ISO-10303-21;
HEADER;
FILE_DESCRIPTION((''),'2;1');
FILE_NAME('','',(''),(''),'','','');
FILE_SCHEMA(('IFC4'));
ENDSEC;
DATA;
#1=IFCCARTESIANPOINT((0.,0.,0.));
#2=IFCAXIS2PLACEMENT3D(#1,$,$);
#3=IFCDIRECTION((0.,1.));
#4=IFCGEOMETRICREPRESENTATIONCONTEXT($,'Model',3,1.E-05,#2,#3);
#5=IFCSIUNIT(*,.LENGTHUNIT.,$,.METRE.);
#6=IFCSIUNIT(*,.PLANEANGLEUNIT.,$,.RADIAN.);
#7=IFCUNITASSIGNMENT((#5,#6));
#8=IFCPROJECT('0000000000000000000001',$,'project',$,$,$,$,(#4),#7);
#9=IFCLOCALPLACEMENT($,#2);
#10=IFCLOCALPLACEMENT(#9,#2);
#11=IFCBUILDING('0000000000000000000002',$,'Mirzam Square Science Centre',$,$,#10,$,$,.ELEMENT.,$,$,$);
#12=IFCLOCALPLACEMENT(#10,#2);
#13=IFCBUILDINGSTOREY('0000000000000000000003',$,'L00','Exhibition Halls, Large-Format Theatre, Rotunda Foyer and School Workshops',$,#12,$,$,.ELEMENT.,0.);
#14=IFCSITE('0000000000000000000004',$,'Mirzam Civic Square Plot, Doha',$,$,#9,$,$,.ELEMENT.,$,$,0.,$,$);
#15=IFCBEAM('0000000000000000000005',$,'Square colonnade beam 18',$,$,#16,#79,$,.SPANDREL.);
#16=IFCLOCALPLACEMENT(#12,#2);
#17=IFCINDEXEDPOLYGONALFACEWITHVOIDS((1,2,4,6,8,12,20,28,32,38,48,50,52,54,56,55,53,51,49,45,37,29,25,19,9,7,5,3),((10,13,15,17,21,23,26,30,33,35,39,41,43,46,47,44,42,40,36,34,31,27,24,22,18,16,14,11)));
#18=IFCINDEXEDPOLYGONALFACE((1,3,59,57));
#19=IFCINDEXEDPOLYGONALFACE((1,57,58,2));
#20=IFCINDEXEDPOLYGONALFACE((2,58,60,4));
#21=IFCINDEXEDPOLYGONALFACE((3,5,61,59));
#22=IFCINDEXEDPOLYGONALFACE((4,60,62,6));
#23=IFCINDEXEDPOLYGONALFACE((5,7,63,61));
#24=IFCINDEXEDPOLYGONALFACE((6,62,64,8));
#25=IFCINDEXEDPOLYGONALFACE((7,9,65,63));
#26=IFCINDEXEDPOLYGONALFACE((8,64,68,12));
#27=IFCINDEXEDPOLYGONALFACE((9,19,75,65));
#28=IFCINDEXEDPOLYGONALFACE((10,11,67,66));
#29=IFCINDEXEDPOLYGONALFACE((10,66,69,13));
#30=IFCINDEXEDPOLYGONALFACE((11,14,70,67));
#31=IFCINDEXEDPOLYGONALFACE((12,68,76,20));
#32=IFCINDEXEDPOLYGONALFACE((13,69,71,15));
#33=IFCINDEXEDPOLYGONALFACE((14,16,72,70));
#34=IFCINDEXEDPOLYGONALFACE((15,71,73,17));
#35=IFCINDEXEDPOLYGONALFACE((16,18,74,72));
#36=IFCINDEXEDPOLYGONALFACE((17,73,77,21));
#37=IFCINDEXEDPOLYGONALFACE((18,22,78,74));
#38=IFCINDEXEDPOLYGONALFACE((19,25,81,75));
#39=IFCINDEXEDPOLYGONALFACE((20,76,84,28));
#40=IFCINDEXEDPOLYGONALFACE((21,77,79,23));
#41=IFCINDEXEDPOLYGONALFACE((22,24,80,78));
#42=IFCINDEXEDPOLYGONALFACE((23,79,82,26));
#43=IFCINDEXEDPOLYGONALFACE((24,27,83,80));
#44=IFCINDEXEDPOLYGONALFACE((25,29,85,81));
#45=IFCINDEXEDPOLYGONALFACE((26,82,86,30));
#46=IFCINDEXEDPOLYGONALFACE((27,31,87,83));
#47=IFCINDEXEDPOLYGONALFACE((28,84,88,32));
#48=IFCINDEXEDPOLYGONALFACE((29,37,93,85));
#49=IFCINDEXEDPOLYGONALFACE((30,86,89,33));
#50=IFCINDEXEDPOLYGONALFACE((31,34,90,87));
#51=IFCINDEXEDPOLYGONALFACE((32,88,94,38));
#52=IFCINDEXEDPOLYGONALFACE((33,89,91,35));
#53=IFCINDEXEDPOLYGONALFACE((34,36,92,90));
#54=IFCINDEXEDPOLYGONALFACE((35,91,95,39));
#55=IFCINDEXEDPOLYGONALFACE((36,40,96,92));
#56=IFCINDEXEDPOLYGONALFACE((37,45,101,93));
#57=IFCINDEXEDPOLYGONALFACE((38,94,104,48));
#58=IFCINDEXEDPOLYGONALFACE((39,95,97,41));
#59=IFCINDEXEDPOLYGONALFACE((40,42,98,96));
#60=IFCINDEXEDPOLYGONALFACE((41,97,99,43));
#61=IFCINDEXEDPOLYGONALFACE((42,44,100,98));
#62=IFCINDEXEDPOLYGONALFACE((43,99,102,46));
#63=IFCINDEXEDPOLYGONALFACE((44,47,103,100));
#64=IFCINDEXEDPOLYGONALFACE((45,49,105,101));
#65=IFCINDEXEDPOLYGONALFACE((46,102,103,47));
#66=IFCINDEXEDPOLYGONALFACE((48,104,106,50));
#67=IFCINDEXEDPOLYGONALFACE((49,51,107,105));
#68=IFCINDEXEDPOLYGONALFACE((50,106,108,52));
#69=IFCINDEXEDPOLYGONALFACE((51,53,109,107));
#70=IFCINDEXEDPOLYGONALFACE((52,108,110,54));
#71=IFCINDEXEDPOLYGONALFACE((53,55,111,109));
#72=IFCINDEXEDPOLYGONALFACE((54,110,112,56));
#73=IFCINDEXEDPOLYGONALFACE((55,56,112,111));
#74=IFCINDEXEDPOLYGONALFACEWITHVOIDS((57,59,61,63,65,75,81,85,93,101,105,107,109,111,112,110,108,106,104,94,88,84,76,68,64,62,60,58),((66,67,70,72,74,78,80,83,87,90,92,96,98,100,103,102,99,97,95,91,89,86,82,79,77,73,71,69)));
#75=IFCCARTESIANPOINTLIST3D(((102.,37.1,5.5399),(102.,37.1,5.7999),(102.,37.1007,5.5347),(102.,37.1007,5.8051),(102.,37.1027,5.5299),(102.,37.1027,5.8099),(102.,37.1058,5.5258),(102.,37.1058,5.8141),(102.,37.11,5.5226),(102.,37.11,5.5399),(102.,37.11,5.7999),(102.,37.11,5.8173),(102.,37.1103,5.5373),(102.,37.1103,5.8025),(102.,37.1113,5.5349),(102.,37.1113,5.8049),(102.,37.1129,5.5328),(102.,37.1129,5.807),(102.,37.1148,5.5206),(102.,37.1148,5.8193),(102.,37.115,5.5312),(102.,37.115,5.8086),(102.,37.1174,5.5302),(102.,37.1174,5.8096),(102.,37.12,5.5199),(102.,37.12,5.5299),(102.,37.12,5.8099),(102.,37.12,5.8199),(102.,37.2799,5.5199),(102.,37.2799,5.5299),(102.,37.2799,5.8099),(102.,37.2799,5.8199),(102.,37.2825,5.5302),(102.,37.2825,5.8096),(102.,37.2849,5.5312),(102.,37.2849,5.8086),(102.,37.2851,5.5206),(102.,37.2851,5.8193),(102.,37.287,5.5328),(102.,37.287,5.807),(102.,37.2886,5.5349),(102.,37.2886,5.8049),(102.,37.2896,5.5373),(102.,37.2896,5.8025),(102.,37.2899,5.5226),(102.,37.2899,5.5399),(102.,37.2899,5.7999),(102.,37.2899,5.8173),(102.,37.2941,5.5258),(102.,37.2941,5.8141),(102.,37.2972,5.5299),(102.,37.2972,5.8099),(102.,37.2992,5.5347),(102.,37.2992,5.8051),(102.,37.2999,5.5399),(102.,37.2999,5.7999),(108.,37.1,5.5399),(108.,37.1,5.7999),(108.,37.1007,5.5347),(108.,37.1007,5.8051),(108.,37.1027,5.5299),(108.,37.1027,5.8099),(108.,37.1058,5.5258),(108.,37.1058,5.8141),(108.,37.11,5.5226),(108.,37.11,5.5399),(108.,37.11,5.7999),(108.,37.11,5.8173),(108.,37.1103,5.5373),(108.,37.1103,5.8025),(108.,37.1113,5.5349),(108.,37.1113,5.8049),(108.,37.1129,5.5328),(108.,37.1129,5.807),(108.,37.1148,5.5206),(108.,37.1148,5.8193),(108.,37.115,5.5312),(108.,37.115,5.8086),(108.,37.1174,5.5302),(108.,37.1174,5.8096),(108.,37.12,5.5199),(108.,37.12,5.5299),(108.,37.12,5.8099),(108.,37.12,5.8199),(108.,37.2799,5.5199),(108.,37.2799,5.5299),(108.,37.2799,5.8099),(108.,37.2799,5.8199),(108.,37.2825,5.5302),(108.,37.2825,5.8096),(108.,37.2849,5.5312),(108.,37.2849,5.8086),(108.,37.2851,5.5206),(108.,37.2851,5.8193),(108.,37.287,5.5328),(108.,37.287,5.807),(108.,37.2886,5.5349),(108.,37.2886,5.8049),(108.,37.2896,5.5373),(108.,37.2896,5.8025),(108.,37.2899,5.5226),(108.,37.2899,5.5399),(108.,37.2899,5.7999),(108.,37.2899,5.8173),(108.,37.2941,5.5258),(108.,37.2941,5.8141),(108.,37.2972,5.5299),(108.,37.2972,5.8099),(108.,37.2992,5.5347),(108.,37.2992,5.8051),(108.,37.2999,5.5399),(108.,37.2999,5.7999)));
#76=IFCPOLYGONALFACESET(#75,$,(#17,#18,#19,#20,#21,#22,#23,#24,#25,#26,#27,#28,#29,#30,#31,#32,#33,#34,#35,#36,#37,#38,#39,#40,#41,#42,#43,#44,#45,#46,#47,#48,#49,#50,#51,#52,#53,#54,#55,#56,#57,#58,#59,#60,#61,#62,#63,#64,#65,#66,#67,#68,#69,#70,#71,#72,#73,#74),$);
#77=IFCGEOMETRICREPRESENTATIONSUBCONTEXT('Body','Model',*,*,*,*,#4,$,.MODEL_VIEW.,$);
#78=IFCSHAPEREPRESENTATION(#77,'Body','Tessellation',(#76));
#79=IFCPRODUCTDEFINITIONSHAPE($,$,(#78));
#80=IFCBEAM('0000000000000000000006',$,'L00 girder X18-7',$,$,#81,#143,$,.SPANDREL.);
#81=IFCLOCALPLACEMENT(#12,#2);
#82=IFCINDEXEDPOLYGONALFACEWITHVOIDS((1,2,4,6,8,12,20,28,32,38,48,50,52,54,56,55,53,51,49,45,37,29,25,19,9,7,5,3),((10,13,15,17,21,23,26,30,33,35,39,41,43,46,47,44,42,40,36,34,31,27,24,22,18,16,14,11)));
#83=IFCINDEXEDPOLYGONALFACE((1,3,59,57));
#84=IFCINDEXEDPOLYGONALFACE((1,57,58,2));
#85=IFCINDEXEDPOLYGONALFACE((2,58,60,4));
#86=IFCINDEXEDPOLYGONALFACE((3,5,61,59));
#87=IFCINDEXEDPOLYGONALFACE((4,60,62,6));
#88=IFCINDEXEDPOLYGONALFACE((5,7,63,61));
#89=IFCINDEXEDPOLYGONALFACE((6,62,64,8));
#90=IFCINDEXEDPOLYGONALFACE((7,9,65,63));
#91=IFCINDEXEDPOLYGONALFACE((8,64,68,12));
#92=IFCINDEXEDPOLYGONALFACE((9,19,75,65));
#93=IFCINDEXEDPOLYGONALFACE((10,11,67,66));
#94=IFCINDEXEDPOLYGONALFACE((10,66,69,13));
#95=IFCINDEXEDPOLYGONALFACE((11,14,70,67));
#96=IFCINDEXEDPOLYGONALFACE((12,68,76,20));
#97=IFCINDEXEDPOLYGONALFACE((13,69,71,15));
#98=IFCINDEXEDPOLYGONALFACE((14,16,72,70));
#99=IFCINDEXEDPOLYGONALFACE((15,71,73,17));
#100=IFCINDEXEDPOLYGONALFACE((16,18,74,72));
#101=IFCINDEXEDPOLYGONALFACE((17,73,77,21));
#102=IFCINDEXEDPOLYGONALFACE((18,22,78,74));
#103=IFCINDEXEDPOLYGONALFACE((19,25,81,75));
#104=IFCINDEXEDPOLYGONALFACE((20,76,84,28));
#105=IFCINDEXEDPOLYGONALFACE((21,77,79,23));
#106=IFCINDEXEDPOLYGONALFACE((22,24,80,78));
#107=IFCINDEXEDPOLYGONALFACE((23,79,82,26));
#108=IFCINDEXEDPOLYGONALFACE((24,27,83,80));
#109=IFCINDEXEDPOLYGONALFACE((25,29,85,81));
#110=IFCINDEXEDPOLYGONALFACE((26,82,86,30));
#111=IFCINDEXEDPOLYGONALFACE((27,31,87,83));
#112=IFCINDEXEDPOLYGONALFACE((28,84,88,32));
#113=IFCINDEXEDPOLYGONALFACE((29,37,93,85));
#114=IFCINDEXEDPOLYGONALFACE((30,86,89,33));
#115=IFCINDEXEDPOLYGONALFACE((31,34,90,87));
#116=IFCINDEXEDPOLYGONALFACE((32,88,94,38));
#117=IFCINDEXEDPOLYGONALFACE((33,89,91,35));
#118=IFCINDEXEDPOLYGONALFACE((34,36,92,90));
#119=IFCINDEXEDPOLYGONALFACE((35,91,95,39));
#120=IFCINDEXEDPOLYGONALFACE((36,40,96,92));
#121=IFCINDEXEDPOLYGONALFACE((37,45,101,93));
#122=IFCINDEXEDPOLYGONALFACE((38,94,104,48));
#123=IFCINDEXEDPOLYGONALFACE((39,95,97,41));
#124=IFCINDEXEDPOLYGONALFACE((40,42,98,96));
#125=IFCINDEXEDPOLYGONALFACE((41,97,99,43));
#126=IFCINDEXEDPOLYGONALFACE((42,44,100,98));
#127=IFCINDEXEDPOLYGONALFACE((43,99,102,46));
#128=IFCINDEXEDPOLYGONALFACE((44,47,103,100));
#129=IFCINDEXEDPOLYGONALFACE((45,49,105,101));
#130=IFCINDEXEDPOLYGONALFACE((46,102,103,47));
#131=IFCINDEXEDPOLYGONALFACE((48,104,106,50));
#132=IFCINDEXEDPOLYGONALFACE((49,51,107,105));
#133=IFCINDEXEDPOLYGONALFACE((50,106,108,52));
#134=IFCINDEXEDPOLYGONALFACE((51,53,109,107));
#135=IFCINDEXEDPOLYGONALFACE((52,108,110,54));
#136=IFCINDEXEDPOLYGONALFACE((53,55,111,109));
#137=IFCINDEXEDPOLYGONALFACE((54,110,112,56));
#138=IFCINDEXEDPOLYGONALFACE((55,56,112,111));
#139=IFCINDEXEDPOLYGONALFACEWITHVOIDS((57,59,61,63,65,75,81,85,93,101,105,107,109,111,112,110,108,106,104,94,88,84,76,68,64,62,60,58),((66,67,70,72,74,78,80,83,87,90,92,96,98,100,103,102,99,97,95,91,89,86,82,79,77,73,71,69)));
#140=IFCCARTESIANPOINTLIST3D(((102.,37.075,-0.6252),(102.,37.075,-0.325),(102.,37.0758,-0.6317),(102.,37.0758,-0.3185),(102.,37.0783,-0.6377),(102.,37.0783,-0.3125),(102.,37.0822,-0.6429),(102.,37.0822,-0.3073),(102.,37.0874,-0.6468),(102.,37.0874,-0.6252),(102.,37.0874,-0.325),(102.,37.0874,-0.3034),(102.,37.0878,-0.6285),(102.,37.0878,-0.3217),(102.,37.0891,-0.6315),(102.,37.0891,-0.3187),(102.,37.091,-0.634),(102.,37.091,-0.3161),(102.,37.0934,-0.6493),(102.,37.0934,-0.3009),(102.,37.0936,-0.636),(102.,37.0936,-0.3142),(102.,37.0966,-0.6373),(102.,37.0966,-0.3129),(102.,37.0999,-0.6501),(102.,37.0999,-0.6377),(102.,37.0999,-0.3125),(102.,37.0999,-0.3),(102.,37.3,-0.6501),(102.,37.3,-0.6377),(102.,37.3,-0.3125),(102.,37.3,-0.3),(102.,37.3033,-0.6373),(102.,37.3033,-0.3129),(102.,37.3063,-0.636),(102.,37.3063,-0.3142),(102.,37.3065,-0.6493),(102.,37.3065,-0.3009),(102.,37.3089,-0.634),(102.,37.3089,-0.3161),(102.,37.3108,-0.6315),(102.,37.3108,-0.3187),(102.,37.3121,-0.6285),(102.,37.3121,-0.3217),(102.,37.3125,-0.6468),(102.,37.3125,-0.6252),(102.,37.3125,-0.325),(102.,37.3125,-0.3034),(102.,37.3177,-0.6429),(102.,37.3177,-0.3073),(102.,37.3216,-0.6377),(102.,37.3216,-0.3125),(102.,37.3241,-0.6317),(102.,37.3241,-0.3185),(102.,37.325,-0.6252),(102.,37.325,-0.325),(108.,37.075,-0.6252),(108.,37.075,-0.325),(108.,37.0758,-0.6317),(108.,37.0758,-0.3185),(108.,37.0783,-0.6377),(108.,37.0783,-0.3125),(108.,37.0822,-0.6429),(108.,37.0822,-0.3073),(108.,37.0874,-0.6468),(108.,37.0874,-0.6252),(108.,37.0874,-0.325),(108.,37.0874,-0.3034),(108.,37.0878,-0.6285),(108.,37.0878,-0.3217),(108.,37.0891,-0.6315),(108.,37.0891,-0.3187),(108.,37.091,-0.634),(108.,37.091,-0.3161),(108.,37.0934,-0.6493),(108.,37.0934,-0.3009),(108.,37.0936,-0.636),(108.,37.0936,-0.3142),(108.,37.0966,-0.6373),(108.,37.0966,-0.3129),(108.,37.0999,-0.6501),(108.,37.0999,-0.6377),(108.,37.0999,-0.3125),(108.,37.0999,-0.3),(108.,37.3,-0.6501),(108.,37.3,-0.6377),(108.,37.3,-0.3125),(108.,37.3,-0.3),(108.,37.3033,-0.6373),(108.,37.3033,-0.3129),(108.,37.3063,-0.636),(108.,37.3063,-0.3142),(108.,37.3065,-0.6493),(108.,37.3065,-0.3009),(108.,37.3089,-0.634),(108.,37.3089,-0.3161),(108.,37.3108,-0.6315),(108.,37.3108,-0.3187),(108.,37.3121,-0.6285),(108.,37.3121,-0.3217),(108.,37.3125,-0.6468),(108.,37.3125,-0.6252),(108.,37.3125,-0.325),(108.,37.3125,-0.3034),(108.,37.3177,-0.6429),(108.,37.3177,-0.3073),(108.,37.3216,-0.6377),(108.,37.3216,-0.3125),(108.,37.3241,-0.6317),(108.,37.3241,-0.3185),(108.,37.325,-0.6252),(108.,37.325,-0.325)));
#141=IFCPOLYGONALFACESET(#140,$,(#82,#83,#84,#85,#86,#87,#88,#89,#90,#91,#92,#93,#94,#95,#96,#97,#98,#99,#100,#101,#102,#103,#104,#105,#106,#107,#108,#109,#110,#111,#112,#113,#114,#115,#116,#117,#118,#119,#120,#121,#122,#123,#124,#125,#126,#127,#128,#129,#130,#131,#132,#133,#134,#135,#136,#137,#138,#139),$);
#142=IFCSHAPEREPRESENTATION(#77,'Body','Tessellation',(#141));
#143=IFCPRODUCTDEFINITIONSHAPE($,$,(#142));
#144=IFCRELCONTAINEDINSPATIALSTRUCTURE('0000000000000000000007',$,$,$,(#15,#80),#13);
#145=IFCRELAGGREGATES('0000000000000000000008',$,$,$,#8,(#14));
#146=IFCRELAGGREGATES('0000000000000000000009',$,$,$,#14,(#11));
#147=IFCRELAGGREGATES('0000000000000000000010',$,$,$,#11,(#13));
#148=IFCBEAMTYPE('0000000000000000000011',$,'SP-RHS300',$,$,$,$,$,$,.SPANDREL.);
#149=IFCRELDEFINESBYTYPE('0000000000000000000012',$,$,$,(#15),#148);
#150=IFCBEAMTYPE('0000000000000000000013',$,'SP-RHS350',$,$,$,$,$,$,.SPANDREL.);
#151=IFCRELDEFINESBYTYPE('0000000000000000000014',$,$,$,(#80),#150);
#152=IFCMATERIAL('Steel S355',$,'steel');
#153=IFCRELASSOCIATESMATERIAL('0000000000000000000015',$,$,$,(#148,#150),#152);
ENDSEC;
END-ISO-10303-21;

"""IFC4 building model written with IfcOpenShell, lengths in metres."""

from ifc_helpers import new_model, si_unit, direction, frame, origin, origin_2d, place, context, subcontext, project, spatial, hollow_rectangle, extrude, material, material_profile, profile_set, type_object, element, save


model = new_model("IFC4")

# Units and contexts
model_context = context("Model", 3, precision=1e-05, world=origin(), true_north=direction((0.0, 1.0)))
body_context = subcontext(model_context, "Body", "Model", "MODEL_VIEW")
ifc_project = project(units=[si_unit("LENGTHUNIT", "METRE"), si_unit("PLANEANGLEUNIT", "RADIAN")], contexts=[model_context])

# Site, building, storey
site_placement = place(None, origin())
site = spatial("IfcSite", under=ifc_project, at=site_placement, Name="Mirzam Civic Square Plot, Doha", CompositionType="ELEMENT", RefElevation=0.0)
building_placement = place(site_placement, origin())
building = spatial("IfcBuilding", under=site, at=building_placement, Name="Mirzam Square Science Centre", CompositionType="ELEMENT")
storey_placement = place(building_placement, origin())
storey = spatial("IfcBuildingStorey", under=building, at=storey_placement, Name="L00", Description="Exhibition Halls, Large-Format Theatre, Rotunda Foyer and School Workshops", CompositionType="ELEMENT", Elevation=0.0)

# Shared definitions
ifc_material_1 = material(Name="Steel S355", Category="steel")

# Beams
ifc_material_profile_1 = material_profile(ifc_material_1, hollow_rectangle(XDim=0.2, YDim=0.3, WallThickness=0.01, InnerFilletRadius=0.01, OuterFilletRadius=0.02, at=origin_2d()), Name="300x200x10.0RHS")
ifc_profile_set_1 = profile_set([ifc_material_profile_1], Name="Steel S355")
beam_type_1 = type_object("IfcBeamType", Name="SP-RHS300", PredefinedType="SPANDREL", material=ifc_profile_set_1)
for number, where, z_axis, x_axis, name in (
    (1, (102.0, 37.2, 5.6699), (1.0, 0.0, 0.0), (0.0, 1.0, 0.0), "Square colonnade beam 18"),
):
    element("IfcBeam", number, at=place(storey_placement, frame(where, z_axis=z_axis, x_axis=x_axis)), inside=storey, type_object=beam_type_1, Name=name, PredefinedType="SPANDREL", context=body_context, shape_type="SweptSolid", body=[
        extrude(hollow_rectangle(XDim=0.2, YDim=0.3, WallThickness=0.01, InnerFilletRadius=0.01, OuterFilletRadius=0.02, at=origin_2d()), origin(), (0.0, 0.0, 1.0), 6.0),
    ])
ifc_material_profile_2 = material_profile(ifc_material_1, hollow_rectangle(XDim=0.25, YDim=0.3501, WallThickness=0.0125, InnerFilletRadius=0.0125, OuterFilletRadius=0.0249, at=origin_2d()), Name="350x250x12.5RHS")
ifc_profile_set_2 = profile_set([ifc_material_profile_2], Name="Steel S355")
beam_type_2 = type_object("IfcBeamType", Name="SP-RHS350", PredefinedType="SPANDREL", material=ifc_profile_set_2)
beam_1_placement = place(storey_placement, frame((102.0, 37.2, -0.4751), z_axis=(1.0, 0.0, 0.0), x_axis=(0.0, 1.0, 0.0)))
element("IfcBeam", 2, at=beam_1_placement, inside=storey, type_object=beam_type_2, Name="L00 girder X18-7", PredefinedType="SPANDREL", context=body_context, shape_type="SweptSolid", body=[
    extrude(hollow_rectangle(XDim=0.25, YDim=0.3501, WallThickness=0.0125, InnerFilletRadius=0.0125, OuterFilletRadius=0.0249, at=origin_2d()), origin(), (0.0, 0.0, 1.0), 6.0),
])

save(model, "model.ifc")
